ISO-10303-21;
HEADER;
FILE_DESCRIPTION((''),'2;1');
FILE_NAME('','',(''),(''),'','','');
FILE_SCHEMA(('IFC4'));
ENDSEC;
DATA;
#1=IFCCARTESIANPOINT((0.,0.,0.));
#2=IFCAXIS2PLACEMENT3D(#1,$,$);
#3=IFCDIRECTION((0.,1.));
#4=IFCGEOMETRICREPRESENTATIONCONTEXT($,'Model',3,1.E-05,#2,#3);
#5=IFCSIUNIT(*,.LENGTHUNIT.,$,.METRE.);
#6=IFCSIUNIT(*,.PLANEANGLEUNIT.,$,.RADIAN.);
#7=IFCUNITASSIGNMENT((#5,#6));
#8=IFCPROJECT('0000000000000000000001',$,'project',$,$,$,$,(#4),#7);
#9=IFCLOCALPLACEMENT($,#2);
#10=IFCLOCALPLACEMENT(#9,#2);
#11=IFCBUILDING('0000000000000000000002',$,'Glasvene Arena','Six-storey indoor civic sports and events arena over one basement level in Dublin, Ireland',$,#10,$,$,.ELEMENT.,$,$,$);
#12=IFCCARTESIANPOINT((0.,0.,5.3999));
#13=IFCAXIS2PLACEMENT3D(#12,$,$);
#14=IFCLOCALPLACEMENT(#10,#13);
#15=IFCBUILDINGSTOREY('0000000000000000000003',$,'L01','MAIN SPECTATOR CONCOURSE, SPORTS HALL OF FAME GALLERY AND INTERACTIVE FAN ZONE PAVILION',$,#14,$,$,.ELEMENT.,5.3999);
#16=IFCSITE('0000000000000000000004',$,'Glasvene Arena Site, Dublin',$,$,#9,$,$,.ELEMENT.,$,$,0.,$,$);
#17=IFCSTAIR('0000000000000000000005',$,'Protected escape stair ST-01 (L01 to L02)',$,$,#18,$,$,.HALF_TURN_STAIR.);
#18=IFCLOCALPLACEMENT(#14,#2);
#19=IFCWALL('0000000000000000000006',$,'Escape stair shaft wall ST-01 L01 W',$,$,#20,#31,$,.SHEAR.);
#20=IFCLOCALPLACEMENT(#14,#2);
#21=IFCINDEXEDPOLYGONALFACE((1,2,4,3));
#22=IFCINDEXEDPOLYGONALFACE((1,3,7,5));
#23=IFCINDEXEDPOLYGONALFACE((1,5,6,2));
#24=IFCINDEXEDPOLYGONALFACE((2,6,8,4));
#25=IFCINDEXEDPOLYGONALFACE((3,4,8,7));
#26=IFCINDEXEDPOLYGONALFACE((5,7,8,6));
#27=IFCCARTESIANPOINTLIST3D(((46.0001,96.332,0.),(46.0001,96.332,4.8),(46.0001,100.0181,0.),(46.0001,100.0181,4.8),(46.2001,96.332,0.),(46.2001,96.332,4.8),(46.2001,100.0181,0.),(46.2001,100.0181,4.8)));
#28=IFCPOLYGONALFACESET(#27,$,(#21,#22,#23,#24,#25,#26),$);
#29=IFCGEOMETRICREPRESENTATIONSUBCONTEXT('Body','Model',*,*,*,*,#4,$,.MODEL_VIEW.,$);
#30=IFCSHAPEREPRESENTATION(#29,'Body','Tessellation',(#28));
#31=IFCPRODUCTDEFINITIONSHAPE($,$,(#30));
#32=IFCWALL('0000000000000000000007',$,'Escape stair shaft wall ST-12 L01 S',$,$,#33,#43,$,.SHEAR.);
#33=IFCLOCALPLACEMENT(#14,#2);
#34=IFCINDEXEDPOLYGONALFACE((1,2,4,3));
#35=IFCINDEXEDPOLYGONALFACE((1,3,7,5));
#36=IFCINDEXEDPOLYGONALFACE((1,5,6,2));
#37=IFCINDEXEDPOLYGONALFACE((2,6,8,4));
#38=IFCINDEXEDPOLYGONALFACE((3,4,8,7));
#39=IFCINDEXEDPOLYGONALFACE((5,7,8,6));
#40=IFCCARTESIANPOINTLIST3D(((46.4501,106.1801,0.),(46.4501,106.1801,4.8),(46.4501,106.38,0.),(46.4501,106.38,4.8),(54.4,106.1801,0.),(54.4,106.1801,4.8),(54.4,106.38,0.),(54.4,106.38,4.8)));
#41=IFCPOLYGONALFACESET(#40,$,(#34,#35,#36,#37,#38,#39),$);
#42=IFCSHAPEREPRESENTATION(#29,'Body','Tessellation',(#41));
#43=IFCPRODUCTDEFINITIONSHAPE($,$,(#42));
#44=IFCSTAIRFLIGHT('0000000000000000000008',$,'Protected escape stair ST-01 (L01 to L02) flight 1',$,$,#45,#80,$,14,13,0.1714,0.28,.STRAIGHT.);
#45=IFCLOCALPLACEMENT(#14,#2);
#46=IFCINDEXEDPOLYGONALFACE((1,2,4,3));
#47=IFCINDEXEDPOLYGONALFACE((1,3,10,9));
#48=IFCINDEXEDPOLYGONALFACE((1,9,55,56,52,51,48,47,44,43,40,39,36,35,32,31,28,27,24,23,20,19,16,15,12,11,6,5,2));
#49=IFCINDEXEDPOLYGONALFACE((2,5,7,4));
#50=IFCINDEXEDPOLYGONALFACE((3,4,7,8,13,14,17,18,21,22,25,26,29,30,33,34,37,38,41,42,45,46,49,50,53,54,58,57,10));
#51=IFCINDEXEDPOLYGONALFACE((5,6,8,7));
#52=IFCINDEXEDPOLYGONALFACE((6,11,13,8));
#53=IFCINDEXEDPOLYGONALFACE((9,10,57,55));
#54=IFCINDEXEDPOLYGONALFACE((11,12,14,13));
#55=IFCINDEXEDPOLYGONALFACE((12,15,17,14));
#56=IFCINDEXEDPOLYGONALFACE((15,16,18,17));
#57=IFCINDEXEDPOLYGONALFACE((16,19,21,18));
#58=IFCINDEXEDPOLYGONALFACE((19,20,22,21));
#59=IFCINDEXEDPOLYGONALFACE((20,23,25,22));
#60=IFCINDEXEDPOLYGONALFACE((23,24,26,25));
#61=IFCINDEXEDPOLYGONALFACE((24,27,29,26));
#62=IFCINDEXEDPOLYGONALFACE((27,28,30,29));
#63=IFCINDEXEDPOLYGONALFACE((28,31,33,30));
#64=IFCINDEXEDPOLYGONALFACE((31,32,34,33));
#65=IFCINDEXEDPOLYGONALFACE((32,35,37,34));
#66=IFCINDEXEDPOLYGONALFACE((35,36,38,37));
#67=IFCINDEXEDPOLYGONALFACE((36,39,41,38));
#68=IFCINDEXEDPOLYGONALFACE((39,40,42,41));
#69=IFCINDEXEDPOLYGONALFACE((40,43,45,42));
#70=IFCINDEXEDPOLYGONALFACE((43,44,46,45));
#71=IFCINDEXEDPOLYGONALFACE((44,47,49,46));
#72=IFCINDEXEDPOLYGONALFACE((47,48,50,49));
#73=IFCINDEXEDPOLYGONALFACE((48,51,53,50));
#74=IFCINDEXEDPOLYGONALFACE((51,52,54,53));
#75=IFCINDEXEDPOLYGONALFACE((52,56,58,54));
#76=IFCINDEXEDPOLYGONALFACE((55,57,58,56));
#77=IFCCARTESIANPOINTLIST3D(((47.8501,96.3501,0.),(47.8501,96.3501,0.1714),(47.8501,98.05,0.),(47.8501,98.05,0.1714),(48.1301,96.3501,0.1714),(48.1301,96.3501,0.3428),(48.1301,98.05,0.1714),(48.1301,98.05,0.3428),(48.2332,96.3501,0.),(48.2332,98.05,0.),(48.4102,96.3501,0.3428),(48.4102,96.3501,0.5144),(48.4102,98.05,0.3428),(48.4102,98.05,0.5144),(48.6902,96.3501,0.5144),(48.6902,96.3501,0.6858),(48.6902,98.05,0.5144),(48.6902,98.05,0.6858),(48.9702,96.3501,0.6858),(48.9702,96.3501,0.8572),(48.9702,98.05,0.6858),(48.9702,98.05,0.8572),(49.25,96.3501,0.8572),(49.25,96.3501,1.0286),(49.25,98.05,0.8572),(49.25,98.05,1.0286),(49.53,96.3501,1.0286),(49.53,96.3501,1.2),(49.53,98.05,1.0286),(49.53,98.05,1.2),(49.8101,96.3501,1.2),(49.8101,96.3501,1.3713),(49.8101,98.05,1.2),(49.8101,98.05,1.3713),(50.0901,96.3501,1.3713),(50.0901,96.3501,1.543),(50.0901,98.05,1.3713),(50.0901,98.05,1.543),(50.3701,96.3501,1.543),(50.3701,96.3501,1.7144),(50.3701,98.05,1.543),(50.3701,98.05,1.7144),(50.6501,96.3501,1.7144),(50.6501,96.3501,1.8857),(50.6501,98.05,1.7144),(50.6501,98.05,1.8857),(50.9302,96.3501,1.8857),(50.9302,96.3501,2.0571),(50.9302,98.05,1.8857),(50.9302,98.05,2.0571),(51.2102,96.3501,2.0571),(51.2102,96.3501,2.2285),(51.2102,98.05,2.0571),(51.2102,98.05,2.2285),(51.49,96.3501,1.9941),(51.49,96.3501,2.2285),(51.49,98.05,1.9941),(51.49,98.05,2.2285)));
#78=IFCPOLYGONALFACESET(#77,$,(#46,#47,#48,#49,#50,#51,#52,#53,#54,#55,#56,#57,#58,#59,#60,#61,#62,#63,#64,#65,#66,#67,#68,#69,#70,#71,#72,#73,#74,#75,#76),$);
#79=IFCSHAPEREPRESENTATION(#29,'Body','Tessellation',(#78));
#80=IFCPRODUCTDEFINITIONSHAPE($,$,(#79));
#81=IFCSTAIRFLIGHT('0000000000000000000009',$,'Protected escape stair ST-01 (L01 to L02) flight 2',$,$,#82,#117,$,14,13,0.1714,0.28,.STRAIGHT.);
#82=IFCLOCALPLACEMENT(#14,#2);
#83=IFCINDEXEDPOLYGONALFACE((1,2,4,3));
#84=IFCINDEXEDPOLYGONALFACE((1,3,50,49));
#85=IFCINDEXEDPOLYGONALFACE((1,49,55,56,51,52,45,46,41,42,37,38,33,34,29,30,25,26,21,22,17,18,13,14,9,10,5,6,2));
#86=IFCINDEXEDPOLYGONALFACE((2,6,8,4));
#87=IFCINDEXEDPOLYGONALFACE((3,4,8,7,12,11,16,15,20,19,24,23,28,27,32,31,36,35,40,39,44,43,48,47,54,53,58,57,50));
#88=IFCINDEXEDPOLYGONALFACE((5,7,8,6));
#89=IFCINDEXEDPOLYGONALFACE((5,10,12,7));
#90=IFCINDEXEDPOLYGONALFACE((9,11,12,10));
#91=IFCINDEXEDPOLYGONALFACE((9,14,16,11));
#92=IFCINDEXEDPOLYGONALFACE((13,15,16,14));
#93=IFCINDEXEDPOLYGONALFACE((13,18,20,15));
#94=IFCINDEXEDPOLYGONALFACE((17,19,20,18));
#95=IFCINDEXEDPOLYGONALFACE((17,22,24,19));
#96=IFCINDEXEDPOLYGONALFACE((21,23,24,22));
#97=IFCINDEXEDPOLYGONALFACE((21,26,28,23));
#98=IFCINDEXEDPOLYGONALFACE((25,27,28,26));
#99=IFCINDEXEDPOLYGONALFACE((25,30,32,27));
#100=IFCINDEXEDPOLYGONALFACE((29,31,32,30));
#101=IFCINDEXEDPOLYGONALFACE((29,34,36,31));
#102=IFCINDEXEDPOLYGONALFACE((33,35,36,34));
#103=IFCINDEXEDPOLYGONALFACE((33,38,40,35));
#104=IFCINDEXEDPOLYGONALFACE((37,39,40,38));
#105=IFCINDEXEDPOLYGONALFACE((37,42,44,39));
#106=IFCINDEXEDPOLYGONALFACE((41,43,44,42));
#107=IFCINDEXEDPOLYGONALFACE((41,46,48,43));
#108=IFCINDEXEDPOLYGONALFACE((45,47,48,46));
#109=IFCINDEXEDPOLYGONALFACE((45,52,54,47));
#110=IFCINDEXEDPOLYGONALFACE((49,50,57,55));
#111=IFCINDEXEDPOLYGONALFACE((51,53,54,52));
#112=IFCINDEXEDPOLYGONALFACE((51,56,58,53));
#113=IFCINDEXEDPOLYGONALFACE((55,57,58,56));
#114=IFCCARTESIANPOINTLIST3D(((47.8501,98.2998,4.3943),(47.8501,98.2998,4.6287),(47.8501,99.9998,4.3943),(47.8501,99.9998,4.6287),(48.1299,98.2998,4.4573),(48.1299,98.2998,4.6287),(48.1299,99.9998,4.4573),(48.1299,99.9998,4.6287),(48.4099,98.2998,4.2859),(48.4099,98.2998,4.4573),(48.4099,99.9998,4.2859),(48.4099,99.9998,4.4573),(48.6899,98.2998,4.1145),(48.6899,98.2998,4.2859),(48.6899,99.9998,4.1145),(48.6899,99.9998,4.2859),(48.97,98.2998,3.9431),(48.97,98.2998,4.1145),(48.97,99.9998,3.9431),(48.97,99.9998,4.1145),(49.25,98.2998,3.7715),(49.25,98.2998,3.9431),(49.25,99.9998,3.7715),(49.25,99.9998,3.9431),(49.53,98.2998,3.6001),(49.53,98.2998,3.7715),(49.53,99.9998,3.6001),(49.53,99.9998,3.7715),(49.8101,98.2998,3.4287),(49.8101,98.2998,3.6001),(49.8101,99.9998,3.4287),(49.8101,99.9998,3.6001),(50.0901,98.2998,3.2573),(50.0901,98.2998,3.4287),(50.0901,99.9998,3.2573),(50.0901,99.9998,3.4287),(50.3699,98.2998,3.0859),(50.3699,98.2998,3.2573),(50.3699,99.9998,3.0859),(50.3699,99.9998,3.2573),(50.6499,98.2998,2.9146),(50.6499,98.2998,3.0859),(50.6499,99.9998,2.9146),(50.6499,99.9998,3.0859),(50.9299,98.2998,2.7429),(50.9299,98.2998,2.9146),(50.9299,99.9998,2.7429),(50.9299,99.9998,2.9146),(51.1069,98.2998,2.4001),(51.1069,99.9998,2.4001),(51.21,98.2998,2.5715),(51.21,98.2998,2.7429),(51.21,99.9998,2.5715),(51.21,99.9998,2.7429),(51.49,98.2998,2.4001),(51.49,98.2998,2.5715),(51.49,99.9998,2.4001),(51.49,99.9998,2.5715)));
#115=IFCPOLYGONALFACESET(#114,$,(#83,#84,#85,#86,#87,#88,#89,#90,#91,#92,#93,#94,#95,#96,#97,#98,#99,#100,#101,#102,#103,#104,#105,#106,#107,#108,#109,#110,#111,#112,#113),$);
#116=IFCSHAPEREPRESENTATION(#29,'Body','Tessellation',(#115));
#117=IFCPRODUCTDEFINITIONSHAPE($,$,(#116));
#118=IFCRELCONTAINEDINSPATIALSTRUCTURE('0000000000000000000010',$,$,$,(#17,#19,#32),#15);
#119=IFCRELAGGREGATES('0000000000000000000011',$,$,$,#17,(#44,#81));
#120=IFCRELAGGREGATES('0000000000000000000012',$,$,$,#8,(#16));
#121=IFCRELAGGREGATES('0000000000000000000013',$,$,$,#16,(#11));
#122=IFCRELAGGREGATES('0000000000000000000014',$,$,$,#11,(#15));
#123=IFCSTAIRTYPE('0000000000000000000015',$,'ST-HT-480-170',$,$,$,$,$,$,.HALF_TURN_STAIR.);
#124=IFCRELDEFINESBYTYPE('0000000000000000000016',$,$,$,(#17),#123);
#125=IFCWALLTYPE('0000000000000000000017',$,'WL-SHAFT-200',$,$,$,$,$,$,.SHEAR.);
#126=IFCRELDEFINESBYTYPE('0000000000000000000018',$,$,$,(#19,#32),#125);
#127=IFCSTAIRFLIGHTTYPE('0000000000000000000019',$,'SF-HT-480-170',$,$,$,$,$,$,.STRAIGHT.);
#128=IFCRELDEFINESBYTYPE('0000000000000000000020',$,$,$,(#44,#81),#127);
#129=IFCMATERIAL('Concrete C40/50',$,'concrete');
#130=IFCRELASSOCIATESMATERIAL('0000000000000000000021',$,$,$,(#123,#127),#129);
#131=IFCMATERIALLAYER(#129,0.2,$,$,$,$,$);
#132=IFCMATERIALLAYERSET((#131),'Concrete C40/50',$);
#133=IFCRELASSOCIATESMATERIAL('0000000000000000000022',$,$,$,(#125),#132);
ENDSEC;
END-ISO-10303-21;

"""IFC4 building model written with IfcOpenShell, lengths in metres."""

from ifc_helpers import new_model, si_unit, direction, frame, frame_2d, origin, place, context, subcontext, project, spatial, polyline, rectangle, outline, extrude, material, layer, layer_set, type_object, element, aggregate, save


model = new_model("IFC4")

# Units and contexts
model_context = context("Model", 3, precision=1e-05, world=origin(), true_north=direction((0.0, 1.0)))
body_context = subcontext(model_context, "Body", "Model", "MODEL_VIEW")
ifc_project = project(units=[si_unit("LENGTHUNIT", "METRE"), si_unit("PLANEANGLEUNIT", "RADIAN")], contexts=[model_context])

# Site, building, storey
site_placement = place(None, origin())
site = spatial("IfcSite", under=ifc_project, at=site_placement, Name="Glasvene Arena Site, Dublin", CompositionType="ELEMENT", RefElevation=0.0)
building_placement = place(site_placement, origin())
building = spatial("IfcBuilding", under=site, at=building_placement, Name="Glasvene Arena", Description="Six-storey indoor civic sports and events arena over one basement level in Dublin, Ireland", CompositionType="ELEMENT")
storey_placement = place(building_placement, frame((0.0, 0.0, 5.3999)))
storey = spatial("IfcBuildingStorey", under=building, at=storey_placement, Name="L01", Description="MAIN SPECTATOR CONCOURSE, SPORTS HALL OF FAME GALLERY AND INTERACTIVE FAN ZONE PAVILION", CompositionType="ELEMENT", Elevation=5.3999)

# Stair
ifc_material_1 = material(Name="Concrete C40/50", Category="concrete")
stair_type = type_object("IfcStairType", Name="ST-HT-480-170", PredefinedType="HALF_TURN_STAIR", material=ifc_material_1)
stair_placement = place(storey_placement, origin())
stair = element("IfcStair", 1, at=stair_placement, inside=storey, type_object=stair_type, Name="Protected escape stair ST-01 (L01 to L02)", PredefinedType="HALF_TURN_STAIR")

# Walls
ifc_layer_1 = layer(ifc_material_1, 0.2)
ifc_layer_set_1 = layer_set([ifc_layer_1], Name="Concrete C40/50")
wall_type_1 = type_object("IfcWallType", Name="WL-SHAFT-200", PredefinedType="SHEAR", material=ifc_layer_set_1)
wall_1_placement = place(storey_placement, frame((46.1001, 96.332, 0.0), z_axis=(0.0, 0.0, 1.0), x_axis=(0.0, 1.0, 0.0)))
element("IfcWall", 2, at=wall_1_placement, inside=storey, type_object=wall_type_1, Name="Escape stair shaft wall ST-01 L01 W", PredefinedType="SHEAR", context=body_context, shape_type="SweptSolid", body=[
    extrude(rectangle(XDim=3.686, YDim=0.2, at=frame_2d((1.843, 0.0))), origin(), (0.0, 0.0, 1.0), 4.8),
])
wall_2_placement = place(storey_placement, frame((46.45, 106.28, 0.0), z_axis=(0.0, 0.0, 1.0), x_axis=(1.0, 0.0, 0.0)))
element("IfcWall", 3, at=wall_2_placement, inside=storey, type_object=wall_type_1, Name="Escape stair shaft wall ST-12 L01 S", PredefinedType="SHEAR", context=body_context, shape_type="SweptSolid", body=[
    extrude(rectangle(XDim=7.95, YDim=0.2, at=frame_2d((3.9751, 0.0))), origin(), (0.0, 0.0, 1.0), 4.8),
])

# Stair flights
stair_flight_type = type_object("IfcStairFlightType", Name="SF-HT-480-170", PredefinedType="STRAIGHT", material=ifc_material_1)
stair_flight_1_placement = place(storey_placement, frame((47.8501, 97.2, 0.0), z_axis=(0.0, 0.0, 1.0), x_axis=(1.0, 0.0, 0.0)))
stair_flight_1 = element("IfcStairFlight", 4, at=stair_flight_1_placement, type_object=stair_flight_type, Name="Protected escape stair ST-01 (L01 to L02) flight 1", NumberOfRisers=14, NumberOfTreads=13, PredefinedType="STRAIGHT", RiserHeight=0.1714, TreadLength=0.28, context=body_context, shape_type="SweptSolid", body=[
    extrude(outline(polyline([(0.0, 0.0), (0.0, 0.1714), (0.28, 0.1714), (0.28, 0.3428), (0.5601, 0.3428), (0.5601, 0.5144), (0.8401, 0.5144), (0.8401, 0.6858), (1.1201, 0.6858), (1.1201, 0.8572), (1.3999, 0.8572), (1.3999, 1.0286), (1.6799, 1.0286), (1.6799, 1.2), (1.96, 1.2), (1.96, 1.3713), (2.24, 1.3713), (2.24, 1.543), (2.52, 1.543), (2.52, 1.7144), (2.8, 1.7144), (2.8, 1.8857), (3.0801, 1.8857), (3.0801, 2.0571), (3.3601, 2.0571), (3.3601, 2.2285), (3.6399, 2.2285), (3.6399, 2.3999), (3.6399, 1.9941), (0.3831, 0.0), (0.0, 0.0)])), frame((0.0, 0.8501, 0.0), z_axis=(0.0, -1.0, 0.0), x_axis=(1.0, 0.0, 0.0)), (0.0, 0.0, 1.0), 1.7),
])
stair_flight_2_placement = place(storey_placement, frame((51.49, 99.1499, 2.4001), z_axis=(0.0, 0.0, 1.0), x_axis=(-1.0, 0.0, 0.0)))
stair_flight_2 = element("IfcStairFlight", 5, at=stair_flight_2_placement, type_object=stair_flight_type, Name="Protected escape stair ST-01 (L01 to L02) flight 2", NumberOfRisers=14, NumberOfTreads=13, PredefinedType="STRAIGHT", RiserHeight=0.1714, TreadLength=0.28, context=body_context, shape_type="SweptSolid", body=[
    extrude(outline(polyline([(0.0, 0.0), (0.0, 0.1714), (0.28, 0.1714), (0.28, 0.3428), (0.5601, 0.3428), (0.5601, 0.5144), (0.8401, 0.5144), (0.8401, 0.6858), (1.1201, 0.6858), (1.1201, 0.8572), (1.3999, 0.8572), (1.3999, 1.0286), (1.6799, 1.0286), (1.6799, 1.2), (1.96, 1.2), (1.96, 1.3713), (2.24, 1.3713), (2.24, 1.543), (2.52, 1.543), (2.52, 1.7144), (2.8, 1.7144), (2.8, 1.8857), (3.0801, 1.8857), (3.0801, 2.0571), (3.3601, 2.0571), (3.3601, 2.2285), (3.6399, 2.2285), (3.6399, 2.3999), (3.6399, 1.9941), (0.3831, 0.0), (0.0, 0.0)])), frame((0.0, 0.8501, 0.0), z_axis=(0.0, -1.0, 0.0), x_axis=(1.0, 0.0, 0.0)), (0.0, 0.0, 1.0), 1.7),
])
aggregate(stair, [stair_flight_1, stair_flight_2])

save(model, "model.ifc")
